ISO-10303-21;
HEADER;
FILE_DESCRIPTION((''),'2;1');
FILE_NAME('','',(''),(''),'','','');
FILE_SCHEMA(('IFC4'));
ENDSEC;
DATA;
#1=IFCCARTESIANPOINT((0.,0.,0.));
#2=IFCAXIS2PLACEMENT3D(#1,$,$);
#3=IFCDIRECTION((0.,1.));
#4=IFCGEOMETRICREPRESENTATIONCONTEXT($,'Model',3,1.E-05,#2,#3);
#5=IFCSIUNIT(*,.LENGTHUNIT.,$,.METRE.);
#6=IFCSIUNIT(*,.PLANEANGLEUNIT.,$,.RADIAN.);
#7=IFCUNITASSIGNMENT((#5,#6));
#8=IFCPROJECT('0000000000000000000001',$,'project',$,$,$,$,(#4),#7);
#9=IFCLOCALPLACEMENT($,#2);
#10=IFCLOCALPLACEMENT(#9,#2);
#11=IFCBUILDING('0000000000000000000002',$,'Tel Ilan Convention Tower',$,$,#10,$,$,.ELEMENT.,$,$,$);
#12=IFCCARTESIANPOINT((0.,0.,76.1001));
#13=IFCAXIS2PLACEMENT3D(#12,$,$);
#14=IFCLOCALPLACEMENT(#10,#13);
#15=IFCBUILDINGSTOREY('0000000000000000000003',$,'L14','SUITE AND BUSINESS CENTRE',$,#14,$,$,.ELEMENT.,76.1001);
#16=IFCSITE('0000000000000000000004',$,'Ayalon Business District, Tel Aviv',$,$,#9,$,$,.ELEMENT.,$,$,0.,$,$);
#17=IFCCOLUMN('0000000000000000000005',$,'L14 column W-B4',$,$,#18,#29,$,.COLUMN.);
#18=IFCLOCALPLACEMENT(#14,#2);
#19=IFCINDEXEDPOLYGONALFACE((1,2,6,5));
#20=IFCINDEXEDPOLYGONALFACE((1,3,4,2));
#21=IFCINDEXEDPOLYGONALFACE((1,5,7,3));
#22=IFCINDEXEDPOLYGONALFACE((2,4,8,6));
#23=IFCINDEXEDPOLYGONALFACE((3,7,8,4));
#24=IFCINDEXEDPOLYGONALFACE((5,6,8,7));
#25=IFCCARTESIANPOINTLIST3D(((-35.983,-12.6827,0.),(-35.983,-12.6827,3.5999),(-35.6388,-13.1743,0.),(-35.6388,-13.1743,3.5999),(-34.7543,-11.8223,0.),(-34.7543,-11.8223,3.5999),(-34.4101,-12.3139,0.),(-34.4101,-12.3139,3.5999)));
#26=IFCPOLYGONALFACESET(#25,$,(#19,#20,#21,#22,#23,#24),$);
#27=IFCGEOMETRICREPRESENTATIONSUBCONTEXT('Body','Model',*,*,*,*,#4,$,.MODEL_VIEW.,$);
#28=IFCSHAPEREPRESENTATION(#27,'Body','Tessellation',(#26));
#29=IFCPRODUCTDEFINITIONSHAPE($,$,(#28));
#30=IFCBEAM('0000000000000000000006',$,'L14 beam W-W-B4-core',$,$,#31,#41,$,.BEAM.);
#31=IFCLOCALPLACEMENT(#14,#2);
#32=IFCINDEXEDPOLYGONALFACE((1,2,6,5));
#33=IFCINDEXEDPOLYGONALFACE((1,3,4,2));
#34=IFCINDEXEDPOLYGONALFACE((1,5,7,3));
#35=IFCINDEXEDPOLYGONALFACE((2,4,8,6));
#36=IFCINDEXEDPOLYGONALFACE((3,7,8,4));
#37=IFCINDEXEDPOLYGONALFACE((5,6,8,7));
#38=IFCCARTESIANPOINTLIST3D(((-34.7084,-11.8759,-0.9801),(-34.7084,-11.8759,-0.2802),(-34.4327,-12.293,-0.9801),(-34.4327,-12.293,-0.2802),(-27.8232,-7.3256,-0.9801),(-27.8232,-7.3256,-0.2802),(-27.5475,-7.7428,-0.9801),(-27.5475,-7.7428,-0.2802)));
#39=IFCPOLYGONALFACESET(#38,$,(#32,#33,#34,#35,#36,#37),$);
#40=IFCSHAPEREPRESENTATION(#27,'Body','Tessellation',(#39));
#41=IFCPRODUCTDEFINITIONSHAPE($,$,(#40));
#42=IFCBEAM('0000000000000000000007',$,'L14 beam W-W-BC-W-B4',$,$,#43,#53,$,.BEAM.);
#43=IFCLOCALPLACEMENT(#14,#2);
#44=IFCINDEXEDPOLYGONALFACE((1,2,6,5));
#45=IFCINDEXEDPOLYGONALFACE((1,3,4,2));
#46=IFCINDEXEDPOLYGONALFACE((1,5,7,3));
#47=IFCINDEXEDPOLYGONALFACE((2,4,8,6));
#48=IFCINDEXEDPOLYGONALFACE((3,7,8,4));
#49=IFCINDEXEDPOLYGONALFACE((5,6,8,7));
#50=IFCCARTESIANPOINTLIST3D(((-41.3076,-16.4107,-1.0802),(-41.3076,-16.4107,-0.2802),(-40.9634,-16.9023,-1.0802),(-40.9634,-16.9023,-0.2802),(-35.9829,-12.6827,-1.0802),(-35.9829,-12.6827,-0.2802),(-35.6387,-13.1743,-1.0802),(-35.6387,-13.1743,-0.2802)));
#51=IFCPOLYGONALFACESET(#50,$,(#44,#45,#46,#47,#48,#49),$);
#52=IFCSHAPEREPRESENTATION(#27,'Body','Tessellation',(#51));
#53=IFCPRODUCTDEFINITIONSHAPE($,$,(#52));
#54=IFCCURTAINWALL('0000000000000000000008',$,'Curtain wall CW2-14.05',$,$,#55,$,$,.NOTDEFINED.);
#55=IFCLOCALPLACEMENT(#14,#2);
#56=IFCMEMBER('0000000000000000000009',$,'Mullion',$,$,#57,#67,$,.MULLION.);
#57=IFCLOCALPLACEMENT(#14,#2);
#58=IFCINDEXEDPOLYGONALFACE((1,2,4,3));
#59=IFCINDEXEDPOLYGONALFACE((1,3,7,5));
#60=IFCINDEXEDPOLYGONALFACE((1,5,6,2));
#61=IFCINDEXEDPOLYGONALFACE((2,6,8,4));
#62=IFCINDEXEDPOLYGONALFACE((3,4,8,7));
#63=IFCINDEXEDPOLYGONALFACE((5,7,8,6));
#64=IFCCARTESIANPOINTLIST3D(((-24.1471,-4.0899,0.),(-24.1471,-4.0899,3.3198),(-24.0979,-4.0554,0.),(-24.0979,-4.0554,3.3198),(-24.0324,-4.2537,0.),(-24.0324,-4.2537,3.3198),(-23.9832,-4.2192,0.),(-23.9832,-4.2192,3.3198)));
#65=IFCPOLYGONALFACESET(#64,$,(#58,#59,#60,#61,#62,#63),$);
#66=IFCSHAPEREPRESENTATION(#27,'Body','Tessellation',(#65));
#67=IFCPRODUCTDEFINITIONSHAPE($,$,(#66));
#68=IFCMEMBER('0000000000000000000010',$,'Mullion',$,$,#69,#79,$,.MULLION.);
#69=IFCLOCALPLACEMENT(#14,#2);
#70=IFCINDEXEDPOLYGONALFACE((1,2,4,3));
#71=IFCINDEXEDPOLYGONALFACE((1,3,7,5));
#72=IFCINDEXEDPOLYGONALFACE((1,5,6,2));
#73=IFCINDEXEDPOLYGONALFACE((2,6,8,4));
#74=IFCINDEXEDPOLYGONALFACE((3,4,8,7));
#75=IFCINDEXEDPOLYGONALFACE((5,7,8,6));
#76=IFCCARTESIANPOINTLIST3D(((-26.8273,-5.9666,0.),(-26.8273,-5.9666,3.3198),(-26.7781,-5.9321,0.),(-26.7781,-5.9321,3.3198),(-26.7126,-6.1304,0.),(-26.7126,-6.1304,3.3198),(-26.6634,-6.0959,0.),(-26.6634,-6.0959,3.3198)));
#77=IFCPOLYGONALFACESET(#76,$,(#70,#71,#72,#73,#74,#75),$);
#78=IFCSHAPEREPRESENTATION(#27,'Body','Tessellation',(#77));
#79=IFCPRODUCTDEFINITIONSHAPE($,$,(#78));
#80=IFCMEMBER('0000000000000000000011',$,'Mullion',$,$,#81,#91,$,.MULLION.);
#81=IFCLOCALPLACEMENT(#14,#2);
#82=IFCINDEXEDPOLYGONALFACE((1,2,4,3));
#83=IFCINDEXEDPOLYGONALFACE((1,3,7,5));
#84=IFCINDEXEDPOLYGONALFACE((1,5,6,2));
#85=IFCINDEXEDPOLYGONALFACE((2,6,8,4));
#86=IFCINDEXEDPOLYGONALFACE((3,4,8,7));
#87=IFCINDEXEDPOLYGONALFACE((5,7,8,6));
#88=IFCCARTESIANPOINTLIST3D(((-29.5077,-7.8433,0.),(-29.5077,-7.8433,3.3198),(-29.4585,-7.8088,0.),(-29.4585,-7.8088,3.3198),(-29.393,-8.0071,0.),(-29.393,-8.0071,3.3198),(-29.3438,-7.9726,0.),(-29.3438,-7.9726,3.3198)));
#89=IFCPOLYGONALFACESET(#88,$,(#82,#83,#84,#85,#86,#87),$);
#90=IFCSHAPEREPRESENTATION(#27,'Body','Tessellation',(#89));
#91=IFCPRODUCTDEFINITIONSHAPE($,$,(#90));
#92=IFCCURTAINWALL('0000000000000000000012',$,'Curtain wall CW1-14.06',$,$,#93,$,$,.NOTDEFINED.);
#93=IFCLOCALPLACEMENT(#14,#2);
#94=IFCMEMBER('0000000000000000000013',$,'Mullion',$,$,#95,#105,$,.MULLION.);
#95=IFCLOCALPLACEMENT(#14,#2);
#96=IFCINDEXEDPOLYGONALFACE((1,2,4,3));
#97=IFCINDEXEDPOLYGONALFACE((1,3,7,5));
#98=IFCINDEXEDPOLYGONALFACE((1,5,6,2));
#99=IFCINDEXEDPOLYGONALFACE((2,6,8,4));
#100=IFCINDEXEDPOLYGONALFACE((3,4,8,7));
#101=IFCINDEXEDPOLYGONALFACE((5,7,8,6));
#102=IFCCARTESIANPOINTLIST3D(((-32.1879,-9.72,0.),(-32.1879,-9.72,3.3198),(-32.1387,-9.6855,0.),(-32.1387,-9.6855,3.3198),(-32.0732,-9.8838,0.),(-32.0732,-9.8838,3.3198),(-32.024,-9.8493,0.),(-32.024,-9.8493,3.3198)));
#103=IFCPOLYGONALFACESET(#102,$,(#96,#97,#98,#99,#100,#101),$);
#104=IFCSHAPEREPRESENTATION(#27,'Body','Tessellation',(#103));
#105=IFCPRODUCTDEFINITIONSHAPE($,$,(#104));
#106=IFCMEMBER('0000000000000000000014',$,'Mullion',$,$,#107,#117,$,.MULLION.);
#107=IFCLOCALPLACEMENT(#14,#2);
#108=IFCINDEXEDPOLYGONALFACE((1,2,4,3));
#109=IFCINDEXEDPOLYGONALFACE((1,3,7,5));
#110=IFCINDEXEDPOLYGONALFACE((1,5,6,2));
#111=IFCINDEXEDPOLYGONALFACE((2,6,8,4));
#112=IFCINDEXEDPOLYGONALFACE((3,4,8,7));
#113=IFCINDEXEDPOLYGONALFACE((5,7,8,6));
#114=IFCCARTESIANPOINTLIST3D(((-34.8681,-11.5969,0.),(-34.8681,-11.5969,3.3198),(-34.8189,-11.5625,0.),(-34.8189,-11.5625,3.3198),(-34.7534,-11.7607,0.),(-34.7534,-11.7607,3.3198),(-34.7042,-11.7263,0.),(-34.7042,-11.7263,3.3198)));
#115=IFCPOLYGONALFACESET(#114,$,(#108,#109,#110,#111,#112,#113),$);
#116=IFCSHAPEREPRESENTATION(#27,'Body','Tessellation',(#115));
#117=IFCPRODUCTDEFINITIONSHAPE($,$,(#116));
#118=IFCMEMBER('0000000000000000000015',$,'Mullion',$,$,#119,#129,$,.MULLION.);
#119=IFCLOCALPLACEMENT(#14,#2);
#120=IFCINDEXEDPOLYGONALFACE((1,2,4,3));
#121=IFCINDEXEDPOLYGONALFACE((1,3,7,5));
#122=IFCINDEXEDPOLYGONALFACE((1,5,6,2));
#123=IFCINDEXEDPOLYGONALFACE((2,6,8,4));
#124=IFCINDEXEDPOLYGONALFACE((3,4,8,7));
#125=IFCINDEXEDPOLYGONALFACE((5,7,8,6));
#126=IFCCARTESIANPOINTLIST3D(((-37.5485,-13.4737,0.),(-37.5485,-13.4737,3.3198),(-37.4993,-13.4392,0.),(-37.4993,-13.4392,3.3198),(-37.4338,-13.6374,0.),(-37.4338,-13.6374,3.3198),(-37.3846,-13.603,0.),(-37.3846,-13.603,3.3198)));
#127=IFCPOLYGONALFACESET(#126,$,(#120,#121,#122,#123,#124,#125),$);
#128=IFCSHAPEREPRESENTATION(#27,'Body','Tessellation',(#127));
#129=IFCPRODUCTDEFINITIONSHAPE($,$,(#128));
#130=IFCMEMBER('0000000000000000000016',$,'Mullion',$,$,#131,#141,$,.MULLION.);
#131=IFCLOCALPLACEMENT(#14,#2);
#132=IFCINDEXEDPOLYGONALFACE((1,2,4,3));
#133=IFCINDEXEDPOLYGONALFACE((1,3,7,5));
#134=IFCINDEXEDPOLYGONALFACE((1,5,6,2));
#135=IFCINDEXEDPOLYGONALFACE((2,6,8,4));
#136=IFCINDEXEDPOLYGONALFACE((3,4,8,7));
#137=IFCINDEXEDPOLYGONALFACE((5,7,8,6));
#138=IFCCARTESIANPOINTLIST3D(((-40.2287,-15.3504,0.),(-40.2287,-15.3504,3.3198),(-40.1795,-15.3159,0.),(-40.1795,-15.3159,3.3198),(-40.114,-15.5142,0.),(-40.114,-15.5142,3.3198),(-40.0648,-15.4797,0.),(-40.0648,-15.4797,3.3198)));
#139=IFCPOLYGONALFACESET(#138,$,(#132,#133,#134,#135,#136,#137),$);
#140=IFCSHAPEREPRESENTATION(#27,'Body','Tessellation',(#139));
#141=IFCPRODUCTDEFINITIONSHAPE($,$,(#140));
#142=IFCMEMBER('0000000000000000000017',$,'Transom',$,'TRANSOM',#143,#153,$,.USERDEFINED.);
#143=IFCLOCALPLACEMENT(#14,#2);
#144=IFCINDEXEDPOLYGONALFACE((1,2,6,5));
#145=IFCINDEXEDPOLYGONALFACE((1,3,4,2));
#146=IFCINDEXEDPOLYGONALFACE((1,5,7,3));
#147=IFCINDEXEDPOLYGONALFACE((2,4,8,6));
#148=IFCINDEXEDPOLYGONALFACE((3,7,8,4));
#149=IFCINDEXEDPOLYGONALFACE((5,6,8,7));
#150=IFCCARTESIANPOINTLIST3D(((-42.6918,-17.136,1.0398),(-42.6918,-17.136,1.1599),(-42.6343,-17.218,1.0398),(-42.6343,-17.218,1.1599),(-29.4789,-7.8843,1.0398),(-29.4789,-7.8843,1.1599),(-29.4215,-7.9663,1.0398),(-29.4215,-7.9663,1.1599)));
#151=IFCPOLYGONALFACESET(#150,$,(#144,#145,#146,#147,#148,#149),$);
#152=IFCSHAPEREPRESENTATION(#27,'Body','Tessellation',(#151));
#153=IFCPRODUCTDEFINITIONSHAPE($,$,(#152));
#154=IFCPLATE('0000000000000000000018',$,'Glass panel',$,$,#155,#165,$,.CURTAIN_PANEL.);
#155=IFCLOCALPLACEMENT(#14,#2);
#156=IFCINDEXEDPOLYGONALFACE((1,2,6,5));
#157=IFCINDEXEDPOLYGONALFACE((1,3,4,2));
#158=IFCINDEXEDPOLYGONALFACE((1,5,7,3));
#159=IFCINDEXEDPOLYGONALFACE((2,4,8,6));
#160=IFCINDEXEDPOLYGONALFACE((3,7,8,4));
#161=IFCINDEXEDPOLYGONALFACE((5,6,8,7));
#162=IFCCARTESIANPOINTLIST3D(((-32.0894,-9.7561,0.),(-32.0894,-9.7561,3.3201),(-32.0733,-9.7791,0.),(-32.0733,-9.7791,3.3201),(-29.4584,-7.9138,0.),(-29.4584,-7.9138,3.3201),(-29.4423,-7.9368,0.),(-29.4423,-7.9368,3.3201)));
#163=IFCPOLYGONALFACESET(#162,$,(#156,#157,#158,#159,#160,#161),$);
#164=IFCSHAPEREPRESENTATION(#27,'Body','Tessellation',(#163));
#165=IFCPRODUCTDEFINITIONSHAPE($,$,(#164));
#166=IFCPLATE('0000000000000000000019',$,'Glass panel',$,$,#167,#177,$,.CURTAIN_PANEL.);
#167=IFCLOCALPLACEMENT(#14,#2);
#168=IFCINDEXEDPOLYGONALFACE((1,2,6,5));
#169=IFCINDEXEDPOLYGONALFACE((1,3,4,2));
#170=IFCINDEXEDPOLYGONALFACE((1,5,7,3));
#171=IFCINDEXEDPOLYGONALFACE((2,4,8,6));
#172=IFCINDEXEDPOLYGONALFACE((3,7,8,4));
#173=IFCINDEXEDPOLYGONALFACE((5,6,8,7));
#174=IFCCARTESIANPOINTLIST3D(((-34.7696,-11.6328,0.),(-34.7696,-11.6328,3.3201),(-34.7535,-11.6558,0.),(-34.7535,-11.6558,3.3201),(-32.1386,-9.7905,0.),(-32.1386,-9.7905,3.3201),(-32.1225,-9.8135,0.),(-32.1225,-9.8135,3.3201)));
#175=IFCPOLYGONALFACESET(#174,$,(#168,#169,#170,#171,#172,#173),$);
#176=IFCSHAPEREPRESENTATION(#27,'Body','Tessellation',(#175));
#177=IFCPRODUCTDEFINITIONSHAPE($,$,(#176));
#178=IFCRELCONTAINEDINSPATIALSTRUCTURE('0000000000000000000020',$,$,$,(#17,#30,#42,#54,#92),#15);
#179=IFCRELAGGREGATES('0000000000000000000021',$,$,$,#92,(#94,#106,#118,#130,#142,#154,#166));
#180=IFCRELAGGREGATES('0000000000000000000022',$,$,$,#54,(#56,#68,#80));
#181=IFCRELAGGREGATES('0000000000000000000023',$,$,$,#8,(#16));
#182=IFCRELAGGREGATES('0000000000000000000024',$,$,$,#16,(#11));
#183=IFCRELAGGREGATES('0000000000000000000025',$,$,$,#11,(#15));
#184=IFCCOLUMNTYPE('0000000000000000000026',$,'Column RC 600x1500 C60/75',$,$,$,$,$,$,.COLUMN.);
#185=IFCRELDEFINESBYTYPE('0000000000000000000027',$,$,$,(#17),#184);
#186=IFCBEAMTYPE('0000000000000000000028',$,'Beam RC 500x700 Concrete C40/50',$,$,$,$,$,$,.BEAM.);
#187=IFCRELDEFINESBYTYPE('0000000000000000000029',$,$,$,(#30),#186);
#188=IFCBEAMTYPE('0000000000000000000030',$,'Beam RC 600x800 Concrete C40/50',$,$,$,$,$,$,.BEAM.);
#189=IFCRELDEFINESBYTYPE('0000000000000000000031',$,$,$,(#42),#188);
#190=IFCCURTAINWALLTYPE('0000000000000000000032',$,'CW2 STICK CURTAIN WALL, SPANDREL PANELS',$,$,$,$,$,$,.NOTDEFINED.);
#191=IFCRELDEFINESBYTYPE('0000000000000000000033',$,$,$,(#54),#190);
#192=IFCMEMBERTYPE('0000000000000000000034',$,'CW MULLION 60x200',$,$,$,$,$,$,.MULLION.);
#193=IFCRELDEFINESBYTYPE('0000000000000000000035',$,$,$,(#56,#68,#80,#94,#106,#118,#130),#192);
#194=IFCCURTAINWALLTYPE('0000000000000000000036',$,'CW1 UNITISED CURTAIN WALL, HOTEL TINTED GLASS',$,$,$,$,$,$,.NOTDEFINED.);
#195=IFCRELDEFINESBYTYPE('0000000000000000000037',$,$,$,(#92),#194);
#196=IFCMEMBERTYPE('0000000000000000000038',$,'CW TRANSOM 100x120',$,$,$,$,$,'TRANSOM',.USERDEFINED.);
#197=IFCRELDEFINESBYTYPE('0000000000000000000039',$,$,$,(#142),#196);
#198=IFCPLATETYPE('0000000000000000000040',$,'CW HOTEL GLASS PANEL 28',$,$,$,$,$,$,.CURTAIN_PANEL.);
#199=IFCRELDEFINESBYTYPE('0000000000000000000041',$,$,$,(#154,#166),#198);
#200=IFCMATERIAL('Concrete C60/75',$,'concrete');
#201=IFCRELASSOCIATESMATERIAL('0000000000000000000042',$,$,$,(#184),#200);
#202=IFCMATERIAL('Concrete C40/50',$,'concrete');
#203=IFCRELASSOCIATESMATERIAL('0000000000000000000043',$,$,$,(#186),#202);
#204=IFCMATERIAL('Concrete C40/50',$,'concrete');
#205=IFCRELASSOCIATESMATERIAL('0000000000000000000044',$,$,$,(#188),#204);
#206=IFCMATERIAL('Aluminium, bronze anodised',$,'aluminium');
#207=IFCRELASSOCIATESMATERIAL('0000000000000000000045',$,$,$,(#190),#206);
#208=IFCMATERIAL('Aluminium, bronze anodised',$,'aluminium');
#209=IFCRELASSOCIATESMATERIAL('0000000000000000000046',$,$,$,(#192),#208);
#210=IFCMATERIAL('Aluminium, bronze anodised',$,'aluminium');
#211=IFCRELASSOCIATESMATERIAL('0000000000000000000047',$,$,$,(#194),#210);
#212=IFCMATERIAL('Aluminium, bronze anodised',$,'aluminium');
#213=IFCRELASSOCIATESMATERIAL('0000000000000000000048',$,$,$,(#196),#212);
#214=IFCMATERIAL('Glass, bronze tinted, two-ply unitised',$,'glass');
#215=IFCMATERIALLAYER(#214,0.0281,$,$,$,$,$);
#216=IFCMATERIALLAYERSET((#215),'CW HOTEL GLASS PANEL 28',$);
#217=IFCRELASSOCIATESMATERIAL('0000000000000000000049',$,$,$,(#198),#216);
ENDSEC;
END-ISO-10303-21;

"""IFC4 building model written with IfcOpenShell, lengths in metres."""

from ifc_helpers import new_model, si_unit, direction, frame, origin, origin_2d, place, context, subcontext, project, spatial, rectangle, extrude, material, layer, layer_set, material_profile, profile_set, type_object, element, aggregate, save


model = new_model("IFC4")

# Units and contexts
model_context = context("Model", 3, precision=1e-05, world=origin(), true_north=direction((0.0, 1.0)))
body_context = subcontext(model_context, "Body", "Model", "MODEL_VIEW")
ifc_project = project(units=[si_unit("LENGTHUNIT", "METRE"), si_unit("PLANEANGLEUNIT", "RADIAN")], contexts=[model_context])

# Site, building, storey
site_placement = place(None, origin())
site = spatial("IfcSite", under=ifc_project, at=site_placement, Name="Ayalon Business District, Tel Aviv", CompositionType="ELEMENT", RefElevation=0.0)
building_placement = place(site_placement, origin())
building = spatial("IfcBuilding", under=site, at=building_placement, Name="Tel Ilan Convention Tower", CompositionType="ELEMENT")
storey_placement = place(building_placement, frame((0.0, 0.0, 76.1001)))
storey = spatial("IfcBuildingStorey", under=building, at=storey_placement, Name="L14", Description="SUITE AND BUSINESS CENTRE", CompositionType="ELEMENT", Elevation=76.1001)

# Column
ifc_material_1 = material(Name="Concrete C60/75", Category="concrete")
ifc_material_profile_1 = material_profile(ifc_material_1, rectangle(XDim=1.5, YDim=0.6001, at=origin_2d()), Name="RC 600x1500")
ifc_profile_set_1 = profile_set([ifc_material_profile_1], Name="Concrete C60/75")
column_type = type_object("IfcColumnType", Name="Column RC 600x1500 C60/75", PredefinedType="COLUMN", material=ifc_profile_set_1)
column_placement = place(storey_placement, frame((-35.1965, -12.4983, 0.0), z_axis=(0.0, 0.0, 1.0), x_axis=(-0.819152, -0.573576, 0.0)))
element("IfcColumn", 1, at=column_placement, inside=storey, type_object=column_type, Name="L14 column W-B4", PredefinedType="COLUMN", context=body_context, shape_type="SweptSolid", body=[
    extrude(rectangle(XDim=1.5, YDim=0.6001, at=origin_2d()), origin(), (0.0, 0.0, 1.0), 3.5999),
])

# Beams
ifc_material_2 = material(Name="Concrete C40/50", Category="concrete")
ifc_material_profile_2 = material_profile(ifc_material_2, rectangle(XDim=0.5, YDim=0.7, at=origin_2d()), Name="RC 500x700")
ifc_profile_set_2 = profile_set([ifc_material_profile_2], Name="Concrete C40/50")
beam_type_1 = type_object("IfcBeamType", Name="Beam RC 500x700 Concrete C40/50", PredefinedType="BEAM", material=ifc_profile_set_2)
beam_1_placement = place(storey_placement, frame((-34.5706, -12.0845, -0.6301), z_axis=(0.834274, 0.551351, 0.0), x_axis=(-0.551351, 0.834274, 0.0)))
element("IfcBeam", 2, at=beam_1_placement, inside=storey, type_object=beam_type_1, Name="L14 beam W-W-B4-core", PredefinedType="BEAM", context=body_context, shape_type="SweptSolid", body=[
    extrude(rectangle(XDim=0.5, YDim=0.7, at=origin_2d()), origin(), (0.0, 0.0, 1.0), 8.2529),
])
ifc_material_3 = material(Name="Concrete C40/50", Category="concrete")
ifc_material_profile_3 = material_profile(ifc_material_3, rectangle(XDim=0.6001, YDim=0.8, at=origin_2d()), Name="RC 600x800")
ifc_profile_set_3 = profile_set([ifc_material_profile_3], Name="Concrete C40/50")
beam_type_2 = type_object("IfcBeamType", Name="Beam RC 600x800 Concrete C40/50", PredefinedType="BEAM", material=ifc_profile_set_3)
beam_2_placement = place(storey_placement, frame((-41.1355, -16.6565, -0.6802), z_axis=(0.819179, 0.573538, 0.0), x_axis=(-0.573538, 0.819179, 0.0)))
element("IfcBeam", 3, at=beam_2_placement, inside=storey, type_object=beam_type_2, Name="L14 beam W-W-BC-W-B4", PredefinedType="BEAM", context=body_context, shape_type="SweptSolid", body=[
    extrude(rectangle(XDim=0.6001, YDim=0.8, at=origin_2d()), origin(), (0.0, 0.0, 1.0), 6.5),
])

# Curtain wall, members
ifc_material_4 = material(Name="Aluminium, bronze anodised", Category="aluminium")
curtain_wall_type_1 = type_object("IfcCurtainWallType", Name="CW2 STICK CURTAIN WALL, SPANDREL PANELS", PredefinedType="NOTDEFINED", material=ifc_material_4)
curtain_wall_1_placement = place(storey_placement, origin())
curtain_wall_1 = element("IfcCurtainWall", 4, at=curtain_wall_1_placement, inside=storey, type_object=curtain_wall_type_1, Name="Curtain wall CW2-14.05", PredefinedType="NOTDEFINED")
ifc_material_5 = material(Name="Aluminium, bronze anodised", Category="aluminium")
ifc_material_profile_4 = material_profile(ifc_material_5, rectangle(XDim=0.0601, YDim=0.2, at=origin_2d()), Name="CW MULLION 60x200")
ifc_profile_set_4 = profile_set([ifc_material_profile_4], Name="Aluminium, bronze anodised")
member_type_1 = type_object("IfcMemberType", Name="CW MULLION 60x200", PredefinedType="MULLION", material=ifc_profile_set_4)
member_1_placement = place(storey_placement, frame((-24.0652, -4.1545, 0.0), z_axis=(0.0, 0.0, 1.0), x_axis=(-0.819152, -0.573576, 0.0)))
member_1 = element("IfcMember", 5, at=member_1_placement, type_object=member_type_1, Name="Mullion", PredefinedType="MULLION", context=body_context, shape_type="SweptSolid", body=[
    extrude(rectangle(XDim=0.0601, YDim=0.2, at=origin_2d()), origin(), (0.0, 0.0, 1.0), 3.3198),
])
member_2_placement = place(storey_placement, frame((-26.7454, -6.0312, 0.0), z_axis=(0.0, 0.0, 1.0), x_axis=(-0.819152, -0.573576, 0.0)))
member_2 = element("IfcMember", 6, at=member_2_placement, type_object=member_type_1, Name="Mullion", PredefinedType="MULLION", context=body_context, shape_type="SweptSolid", body=[
    extrude(rectangle(XDim=0.0601, YDim=0.2, at=origin_2d()), origin(), (0.0, 0.0, 1.0), 3.3198),
])
member_3_placement = place(storey_placement, frame((-29.4258, -7.908, 0.0), z_axis=(0.0, 0.0, 1.0), x_axis=(-0.819152, -0.573576, 0.0)))
member_3 = element("IfcMember", 7, at=member_3_placement, type_object=member_type_1, Name="Mullion", PredefinedType="MULLION", context=body_context, shape_type="SweptSolid", body=[
    extrude(rectangle(XDim=0.0601, YDim=0.2, at=origin_2d()), origin(), (0.0, 0.0, 1.0), 3.3198),
])

# Curtain wall, members, plates
ifc_material_6 = material(Name="Aluminium, bronze anodised", Category="aluminium")
curtain_wall_type_2 = type_object("IfcCurtainWallType", Name="CW1 UNITISED CURTAIN WALL, HOTEL TINTED GLASS", PredefinedType="NOTDEFINED", material=ifc_material_6)
curtain_wall_2_placement = place(storey_placement, origin())
curtain_wall_2 = element("IfcCurtainWall", 8, at=curtain_wall_2_placement, inside=storey, type_object=curtain_wall_type_2, Name="Curtain wall CW1-14.06", PredefinedType="NOTDEFINED")
member_4_placement = place(storey_placement, frame((-32.106, -9.7847, 0.0), z_axis=(0.0, 0.0, 1.0), x_axis=(-0.819152, -0.573576, 0.0)))
member_4 = element("IfcMember", 9, at=member_4_placement, type_object=member_type_1, Name="Mullion", PredefinedType="MULLION", context=body_context, shape_type="SweptSolid", body=[
    extrude(rectangle(XDim=0.0601, YDim=0.2, at=origin_2d()), origin(), (0.0, 0.0, 1.0), 3.3198),
])
member_5_placement = place(storey_placement, frame((-34.7861, -11.6616, 0.0), z_axis=(0.0, 0.0, 1.0), x_axis=(-0.819152, -0.573576, 0.0)))
member_5 = element("IfcMember", 10, at=member_5_placement, type_object=member_type_1, Name="Mullion", PredefinedType="MULLION", context=body_context, shape_type="SweptSolid", body=[
    extrude(rectangle(XDim=0.0601, YDim=0.2, at=origin_2d()), origin(), (0.0, 0.0, 1.0), 3.3198),
])
member_6_placement = place(storey_placement, frame((-37.4666, -13.5383, 0.0), z_axis=(0.0, 0.0, 1.0), x_axis=(-0.819152, -0.573576, 0.0)))
member_6 = element("IfcMember", 11, at=member_6_placement, type_object=member_type_1, Name="Mullion", PredefinedType="MULLION", context=body_context, shape_type="SweptSolid", body=[
    extrude(rectangle(XDim=0.0601, YDim=0.2, at=origin_2d()), origin(), (0.0, 0.0, 1.0), 3.3198),
])
member_7_placement = place(storey_placement, frame((-40.1467, -15.415, 0.0), z_axis=(0.0, 0.0, 1.0), x_axis=(-0.819152, -0.573576, 0.0)))
member_7 = element("IfcMember", 12, at=member_7_placement, type_object=member_type_1, Name="Mullion", PredefinedType="MULLION", context=body_context, shape_type="SweptSolid", body=[
    extrude(rectangle(XDim=0.0601, YDim=0.2, at=origin_2d()), origin(), (0.0, 0.0, 1.0), 3.3198),
])
ifc_material_7 = material(Name="Aluminium, bronze anodised", Category="aluminium")
ifc_material_profile_5 = material_profile(ifc_material_7, rectangle(XDim=0.1001, YDim=0.1201, at=origin_2d()), Name="CW TRANSOM 100x120")
ifc_profile_set_5 = profile_set([ifc_material_profile_5], Name="Aluminium, bronze anodised")
member_type_2 = type_object("IfcMemberType", Name="CW TRANSOM 100x120", ElementType="TRANSOM", PredefinedType="USERDEFINED", material=ifc_profile_set_5)
member_8_placement = place(storey_placement, frame((-29.4502, -7.9253, 1.0999), z_axis=(-0.819154, -0.573574, 0.0), x_axis=(0.573574, -0.819154, 0.0)))
member_8 = element("IfcMember", 13, at=member_8_placement, type_object=member_type_2, Name="Transom", ObjectType="TRANSOM", PredefinedType="USERDEFINED", context=body_context, shape_type="SweptSolid", body=[
    extrude(rectangle(XDim=0.1001, YDim=0.1201, at=origin_2d()), origin(), (0.0, 0.0, 1.0), 16.1299),
])
ifc_material_8 = material(Name="Glass, bronze tinted, two-ply unitised", Category="glass")
ifc_layer_1 = layer(ifc_material_8, 0.0281)
ifc_layer_set_1 = layer_set([ifc_layer_1], Name="CW HOTEL GLASS PANEL 28")
plate_type_1 = type_object("IfcPlateType", Name="CW HOTEL GLASS PANEL 28", PredefinedType="CURTAIN_PANEL", material=ifc_layer_set_1)
plate_1_placement = place(storey_placement, frame((-30.7659, -8.8464, 0.0), z_axis=(0.0, 0.0, 1.0), x_axis=(-0.819152, -0.573576, 0.0)))
plate_1 = element("IfcPlate", 14, at=plate_1_placement, type_object=plate_type_1, Name="Glass panel", PredefinedType="CURTAIN_PANEL", context=body_context, shape_type="SweptSolid", body=[
    extrude(rectangle(XDim=3.2119, YDim=0.0281, at=origin_2d()), origin(), (0.0, 0.0, 1.0), 3.3201),
])
plate_2_placement = place(storey_placement, frame((-33.446, -10.7231, 0.0), z_axis=(0.0, 0.0, 1.0), x_axis=(-0.819152, -0.573576, 0.0)))
plate_2 = element("IfcPlate", 15, at=plate_2_placement, type_object=plate_type_1, Name="Glass panel", PredefinedType="CURTAIN_PANEL", context=body_context, shape_type="SweptSolid", body=[
    extrude(rectangle(XDim=3.2119, YDim=0.0281, at=origin_2d()), origin(), (0.0, 0.0, 1.0), 3.3201),
])
aggregate(curtain_wall_2, [member_4, member_5, member_6, member_7, member_8, plate_1, plate_2])

aggregate(curtain_wall_1, [member_1, member_2, member_3])

save(model, "model.ifc")
